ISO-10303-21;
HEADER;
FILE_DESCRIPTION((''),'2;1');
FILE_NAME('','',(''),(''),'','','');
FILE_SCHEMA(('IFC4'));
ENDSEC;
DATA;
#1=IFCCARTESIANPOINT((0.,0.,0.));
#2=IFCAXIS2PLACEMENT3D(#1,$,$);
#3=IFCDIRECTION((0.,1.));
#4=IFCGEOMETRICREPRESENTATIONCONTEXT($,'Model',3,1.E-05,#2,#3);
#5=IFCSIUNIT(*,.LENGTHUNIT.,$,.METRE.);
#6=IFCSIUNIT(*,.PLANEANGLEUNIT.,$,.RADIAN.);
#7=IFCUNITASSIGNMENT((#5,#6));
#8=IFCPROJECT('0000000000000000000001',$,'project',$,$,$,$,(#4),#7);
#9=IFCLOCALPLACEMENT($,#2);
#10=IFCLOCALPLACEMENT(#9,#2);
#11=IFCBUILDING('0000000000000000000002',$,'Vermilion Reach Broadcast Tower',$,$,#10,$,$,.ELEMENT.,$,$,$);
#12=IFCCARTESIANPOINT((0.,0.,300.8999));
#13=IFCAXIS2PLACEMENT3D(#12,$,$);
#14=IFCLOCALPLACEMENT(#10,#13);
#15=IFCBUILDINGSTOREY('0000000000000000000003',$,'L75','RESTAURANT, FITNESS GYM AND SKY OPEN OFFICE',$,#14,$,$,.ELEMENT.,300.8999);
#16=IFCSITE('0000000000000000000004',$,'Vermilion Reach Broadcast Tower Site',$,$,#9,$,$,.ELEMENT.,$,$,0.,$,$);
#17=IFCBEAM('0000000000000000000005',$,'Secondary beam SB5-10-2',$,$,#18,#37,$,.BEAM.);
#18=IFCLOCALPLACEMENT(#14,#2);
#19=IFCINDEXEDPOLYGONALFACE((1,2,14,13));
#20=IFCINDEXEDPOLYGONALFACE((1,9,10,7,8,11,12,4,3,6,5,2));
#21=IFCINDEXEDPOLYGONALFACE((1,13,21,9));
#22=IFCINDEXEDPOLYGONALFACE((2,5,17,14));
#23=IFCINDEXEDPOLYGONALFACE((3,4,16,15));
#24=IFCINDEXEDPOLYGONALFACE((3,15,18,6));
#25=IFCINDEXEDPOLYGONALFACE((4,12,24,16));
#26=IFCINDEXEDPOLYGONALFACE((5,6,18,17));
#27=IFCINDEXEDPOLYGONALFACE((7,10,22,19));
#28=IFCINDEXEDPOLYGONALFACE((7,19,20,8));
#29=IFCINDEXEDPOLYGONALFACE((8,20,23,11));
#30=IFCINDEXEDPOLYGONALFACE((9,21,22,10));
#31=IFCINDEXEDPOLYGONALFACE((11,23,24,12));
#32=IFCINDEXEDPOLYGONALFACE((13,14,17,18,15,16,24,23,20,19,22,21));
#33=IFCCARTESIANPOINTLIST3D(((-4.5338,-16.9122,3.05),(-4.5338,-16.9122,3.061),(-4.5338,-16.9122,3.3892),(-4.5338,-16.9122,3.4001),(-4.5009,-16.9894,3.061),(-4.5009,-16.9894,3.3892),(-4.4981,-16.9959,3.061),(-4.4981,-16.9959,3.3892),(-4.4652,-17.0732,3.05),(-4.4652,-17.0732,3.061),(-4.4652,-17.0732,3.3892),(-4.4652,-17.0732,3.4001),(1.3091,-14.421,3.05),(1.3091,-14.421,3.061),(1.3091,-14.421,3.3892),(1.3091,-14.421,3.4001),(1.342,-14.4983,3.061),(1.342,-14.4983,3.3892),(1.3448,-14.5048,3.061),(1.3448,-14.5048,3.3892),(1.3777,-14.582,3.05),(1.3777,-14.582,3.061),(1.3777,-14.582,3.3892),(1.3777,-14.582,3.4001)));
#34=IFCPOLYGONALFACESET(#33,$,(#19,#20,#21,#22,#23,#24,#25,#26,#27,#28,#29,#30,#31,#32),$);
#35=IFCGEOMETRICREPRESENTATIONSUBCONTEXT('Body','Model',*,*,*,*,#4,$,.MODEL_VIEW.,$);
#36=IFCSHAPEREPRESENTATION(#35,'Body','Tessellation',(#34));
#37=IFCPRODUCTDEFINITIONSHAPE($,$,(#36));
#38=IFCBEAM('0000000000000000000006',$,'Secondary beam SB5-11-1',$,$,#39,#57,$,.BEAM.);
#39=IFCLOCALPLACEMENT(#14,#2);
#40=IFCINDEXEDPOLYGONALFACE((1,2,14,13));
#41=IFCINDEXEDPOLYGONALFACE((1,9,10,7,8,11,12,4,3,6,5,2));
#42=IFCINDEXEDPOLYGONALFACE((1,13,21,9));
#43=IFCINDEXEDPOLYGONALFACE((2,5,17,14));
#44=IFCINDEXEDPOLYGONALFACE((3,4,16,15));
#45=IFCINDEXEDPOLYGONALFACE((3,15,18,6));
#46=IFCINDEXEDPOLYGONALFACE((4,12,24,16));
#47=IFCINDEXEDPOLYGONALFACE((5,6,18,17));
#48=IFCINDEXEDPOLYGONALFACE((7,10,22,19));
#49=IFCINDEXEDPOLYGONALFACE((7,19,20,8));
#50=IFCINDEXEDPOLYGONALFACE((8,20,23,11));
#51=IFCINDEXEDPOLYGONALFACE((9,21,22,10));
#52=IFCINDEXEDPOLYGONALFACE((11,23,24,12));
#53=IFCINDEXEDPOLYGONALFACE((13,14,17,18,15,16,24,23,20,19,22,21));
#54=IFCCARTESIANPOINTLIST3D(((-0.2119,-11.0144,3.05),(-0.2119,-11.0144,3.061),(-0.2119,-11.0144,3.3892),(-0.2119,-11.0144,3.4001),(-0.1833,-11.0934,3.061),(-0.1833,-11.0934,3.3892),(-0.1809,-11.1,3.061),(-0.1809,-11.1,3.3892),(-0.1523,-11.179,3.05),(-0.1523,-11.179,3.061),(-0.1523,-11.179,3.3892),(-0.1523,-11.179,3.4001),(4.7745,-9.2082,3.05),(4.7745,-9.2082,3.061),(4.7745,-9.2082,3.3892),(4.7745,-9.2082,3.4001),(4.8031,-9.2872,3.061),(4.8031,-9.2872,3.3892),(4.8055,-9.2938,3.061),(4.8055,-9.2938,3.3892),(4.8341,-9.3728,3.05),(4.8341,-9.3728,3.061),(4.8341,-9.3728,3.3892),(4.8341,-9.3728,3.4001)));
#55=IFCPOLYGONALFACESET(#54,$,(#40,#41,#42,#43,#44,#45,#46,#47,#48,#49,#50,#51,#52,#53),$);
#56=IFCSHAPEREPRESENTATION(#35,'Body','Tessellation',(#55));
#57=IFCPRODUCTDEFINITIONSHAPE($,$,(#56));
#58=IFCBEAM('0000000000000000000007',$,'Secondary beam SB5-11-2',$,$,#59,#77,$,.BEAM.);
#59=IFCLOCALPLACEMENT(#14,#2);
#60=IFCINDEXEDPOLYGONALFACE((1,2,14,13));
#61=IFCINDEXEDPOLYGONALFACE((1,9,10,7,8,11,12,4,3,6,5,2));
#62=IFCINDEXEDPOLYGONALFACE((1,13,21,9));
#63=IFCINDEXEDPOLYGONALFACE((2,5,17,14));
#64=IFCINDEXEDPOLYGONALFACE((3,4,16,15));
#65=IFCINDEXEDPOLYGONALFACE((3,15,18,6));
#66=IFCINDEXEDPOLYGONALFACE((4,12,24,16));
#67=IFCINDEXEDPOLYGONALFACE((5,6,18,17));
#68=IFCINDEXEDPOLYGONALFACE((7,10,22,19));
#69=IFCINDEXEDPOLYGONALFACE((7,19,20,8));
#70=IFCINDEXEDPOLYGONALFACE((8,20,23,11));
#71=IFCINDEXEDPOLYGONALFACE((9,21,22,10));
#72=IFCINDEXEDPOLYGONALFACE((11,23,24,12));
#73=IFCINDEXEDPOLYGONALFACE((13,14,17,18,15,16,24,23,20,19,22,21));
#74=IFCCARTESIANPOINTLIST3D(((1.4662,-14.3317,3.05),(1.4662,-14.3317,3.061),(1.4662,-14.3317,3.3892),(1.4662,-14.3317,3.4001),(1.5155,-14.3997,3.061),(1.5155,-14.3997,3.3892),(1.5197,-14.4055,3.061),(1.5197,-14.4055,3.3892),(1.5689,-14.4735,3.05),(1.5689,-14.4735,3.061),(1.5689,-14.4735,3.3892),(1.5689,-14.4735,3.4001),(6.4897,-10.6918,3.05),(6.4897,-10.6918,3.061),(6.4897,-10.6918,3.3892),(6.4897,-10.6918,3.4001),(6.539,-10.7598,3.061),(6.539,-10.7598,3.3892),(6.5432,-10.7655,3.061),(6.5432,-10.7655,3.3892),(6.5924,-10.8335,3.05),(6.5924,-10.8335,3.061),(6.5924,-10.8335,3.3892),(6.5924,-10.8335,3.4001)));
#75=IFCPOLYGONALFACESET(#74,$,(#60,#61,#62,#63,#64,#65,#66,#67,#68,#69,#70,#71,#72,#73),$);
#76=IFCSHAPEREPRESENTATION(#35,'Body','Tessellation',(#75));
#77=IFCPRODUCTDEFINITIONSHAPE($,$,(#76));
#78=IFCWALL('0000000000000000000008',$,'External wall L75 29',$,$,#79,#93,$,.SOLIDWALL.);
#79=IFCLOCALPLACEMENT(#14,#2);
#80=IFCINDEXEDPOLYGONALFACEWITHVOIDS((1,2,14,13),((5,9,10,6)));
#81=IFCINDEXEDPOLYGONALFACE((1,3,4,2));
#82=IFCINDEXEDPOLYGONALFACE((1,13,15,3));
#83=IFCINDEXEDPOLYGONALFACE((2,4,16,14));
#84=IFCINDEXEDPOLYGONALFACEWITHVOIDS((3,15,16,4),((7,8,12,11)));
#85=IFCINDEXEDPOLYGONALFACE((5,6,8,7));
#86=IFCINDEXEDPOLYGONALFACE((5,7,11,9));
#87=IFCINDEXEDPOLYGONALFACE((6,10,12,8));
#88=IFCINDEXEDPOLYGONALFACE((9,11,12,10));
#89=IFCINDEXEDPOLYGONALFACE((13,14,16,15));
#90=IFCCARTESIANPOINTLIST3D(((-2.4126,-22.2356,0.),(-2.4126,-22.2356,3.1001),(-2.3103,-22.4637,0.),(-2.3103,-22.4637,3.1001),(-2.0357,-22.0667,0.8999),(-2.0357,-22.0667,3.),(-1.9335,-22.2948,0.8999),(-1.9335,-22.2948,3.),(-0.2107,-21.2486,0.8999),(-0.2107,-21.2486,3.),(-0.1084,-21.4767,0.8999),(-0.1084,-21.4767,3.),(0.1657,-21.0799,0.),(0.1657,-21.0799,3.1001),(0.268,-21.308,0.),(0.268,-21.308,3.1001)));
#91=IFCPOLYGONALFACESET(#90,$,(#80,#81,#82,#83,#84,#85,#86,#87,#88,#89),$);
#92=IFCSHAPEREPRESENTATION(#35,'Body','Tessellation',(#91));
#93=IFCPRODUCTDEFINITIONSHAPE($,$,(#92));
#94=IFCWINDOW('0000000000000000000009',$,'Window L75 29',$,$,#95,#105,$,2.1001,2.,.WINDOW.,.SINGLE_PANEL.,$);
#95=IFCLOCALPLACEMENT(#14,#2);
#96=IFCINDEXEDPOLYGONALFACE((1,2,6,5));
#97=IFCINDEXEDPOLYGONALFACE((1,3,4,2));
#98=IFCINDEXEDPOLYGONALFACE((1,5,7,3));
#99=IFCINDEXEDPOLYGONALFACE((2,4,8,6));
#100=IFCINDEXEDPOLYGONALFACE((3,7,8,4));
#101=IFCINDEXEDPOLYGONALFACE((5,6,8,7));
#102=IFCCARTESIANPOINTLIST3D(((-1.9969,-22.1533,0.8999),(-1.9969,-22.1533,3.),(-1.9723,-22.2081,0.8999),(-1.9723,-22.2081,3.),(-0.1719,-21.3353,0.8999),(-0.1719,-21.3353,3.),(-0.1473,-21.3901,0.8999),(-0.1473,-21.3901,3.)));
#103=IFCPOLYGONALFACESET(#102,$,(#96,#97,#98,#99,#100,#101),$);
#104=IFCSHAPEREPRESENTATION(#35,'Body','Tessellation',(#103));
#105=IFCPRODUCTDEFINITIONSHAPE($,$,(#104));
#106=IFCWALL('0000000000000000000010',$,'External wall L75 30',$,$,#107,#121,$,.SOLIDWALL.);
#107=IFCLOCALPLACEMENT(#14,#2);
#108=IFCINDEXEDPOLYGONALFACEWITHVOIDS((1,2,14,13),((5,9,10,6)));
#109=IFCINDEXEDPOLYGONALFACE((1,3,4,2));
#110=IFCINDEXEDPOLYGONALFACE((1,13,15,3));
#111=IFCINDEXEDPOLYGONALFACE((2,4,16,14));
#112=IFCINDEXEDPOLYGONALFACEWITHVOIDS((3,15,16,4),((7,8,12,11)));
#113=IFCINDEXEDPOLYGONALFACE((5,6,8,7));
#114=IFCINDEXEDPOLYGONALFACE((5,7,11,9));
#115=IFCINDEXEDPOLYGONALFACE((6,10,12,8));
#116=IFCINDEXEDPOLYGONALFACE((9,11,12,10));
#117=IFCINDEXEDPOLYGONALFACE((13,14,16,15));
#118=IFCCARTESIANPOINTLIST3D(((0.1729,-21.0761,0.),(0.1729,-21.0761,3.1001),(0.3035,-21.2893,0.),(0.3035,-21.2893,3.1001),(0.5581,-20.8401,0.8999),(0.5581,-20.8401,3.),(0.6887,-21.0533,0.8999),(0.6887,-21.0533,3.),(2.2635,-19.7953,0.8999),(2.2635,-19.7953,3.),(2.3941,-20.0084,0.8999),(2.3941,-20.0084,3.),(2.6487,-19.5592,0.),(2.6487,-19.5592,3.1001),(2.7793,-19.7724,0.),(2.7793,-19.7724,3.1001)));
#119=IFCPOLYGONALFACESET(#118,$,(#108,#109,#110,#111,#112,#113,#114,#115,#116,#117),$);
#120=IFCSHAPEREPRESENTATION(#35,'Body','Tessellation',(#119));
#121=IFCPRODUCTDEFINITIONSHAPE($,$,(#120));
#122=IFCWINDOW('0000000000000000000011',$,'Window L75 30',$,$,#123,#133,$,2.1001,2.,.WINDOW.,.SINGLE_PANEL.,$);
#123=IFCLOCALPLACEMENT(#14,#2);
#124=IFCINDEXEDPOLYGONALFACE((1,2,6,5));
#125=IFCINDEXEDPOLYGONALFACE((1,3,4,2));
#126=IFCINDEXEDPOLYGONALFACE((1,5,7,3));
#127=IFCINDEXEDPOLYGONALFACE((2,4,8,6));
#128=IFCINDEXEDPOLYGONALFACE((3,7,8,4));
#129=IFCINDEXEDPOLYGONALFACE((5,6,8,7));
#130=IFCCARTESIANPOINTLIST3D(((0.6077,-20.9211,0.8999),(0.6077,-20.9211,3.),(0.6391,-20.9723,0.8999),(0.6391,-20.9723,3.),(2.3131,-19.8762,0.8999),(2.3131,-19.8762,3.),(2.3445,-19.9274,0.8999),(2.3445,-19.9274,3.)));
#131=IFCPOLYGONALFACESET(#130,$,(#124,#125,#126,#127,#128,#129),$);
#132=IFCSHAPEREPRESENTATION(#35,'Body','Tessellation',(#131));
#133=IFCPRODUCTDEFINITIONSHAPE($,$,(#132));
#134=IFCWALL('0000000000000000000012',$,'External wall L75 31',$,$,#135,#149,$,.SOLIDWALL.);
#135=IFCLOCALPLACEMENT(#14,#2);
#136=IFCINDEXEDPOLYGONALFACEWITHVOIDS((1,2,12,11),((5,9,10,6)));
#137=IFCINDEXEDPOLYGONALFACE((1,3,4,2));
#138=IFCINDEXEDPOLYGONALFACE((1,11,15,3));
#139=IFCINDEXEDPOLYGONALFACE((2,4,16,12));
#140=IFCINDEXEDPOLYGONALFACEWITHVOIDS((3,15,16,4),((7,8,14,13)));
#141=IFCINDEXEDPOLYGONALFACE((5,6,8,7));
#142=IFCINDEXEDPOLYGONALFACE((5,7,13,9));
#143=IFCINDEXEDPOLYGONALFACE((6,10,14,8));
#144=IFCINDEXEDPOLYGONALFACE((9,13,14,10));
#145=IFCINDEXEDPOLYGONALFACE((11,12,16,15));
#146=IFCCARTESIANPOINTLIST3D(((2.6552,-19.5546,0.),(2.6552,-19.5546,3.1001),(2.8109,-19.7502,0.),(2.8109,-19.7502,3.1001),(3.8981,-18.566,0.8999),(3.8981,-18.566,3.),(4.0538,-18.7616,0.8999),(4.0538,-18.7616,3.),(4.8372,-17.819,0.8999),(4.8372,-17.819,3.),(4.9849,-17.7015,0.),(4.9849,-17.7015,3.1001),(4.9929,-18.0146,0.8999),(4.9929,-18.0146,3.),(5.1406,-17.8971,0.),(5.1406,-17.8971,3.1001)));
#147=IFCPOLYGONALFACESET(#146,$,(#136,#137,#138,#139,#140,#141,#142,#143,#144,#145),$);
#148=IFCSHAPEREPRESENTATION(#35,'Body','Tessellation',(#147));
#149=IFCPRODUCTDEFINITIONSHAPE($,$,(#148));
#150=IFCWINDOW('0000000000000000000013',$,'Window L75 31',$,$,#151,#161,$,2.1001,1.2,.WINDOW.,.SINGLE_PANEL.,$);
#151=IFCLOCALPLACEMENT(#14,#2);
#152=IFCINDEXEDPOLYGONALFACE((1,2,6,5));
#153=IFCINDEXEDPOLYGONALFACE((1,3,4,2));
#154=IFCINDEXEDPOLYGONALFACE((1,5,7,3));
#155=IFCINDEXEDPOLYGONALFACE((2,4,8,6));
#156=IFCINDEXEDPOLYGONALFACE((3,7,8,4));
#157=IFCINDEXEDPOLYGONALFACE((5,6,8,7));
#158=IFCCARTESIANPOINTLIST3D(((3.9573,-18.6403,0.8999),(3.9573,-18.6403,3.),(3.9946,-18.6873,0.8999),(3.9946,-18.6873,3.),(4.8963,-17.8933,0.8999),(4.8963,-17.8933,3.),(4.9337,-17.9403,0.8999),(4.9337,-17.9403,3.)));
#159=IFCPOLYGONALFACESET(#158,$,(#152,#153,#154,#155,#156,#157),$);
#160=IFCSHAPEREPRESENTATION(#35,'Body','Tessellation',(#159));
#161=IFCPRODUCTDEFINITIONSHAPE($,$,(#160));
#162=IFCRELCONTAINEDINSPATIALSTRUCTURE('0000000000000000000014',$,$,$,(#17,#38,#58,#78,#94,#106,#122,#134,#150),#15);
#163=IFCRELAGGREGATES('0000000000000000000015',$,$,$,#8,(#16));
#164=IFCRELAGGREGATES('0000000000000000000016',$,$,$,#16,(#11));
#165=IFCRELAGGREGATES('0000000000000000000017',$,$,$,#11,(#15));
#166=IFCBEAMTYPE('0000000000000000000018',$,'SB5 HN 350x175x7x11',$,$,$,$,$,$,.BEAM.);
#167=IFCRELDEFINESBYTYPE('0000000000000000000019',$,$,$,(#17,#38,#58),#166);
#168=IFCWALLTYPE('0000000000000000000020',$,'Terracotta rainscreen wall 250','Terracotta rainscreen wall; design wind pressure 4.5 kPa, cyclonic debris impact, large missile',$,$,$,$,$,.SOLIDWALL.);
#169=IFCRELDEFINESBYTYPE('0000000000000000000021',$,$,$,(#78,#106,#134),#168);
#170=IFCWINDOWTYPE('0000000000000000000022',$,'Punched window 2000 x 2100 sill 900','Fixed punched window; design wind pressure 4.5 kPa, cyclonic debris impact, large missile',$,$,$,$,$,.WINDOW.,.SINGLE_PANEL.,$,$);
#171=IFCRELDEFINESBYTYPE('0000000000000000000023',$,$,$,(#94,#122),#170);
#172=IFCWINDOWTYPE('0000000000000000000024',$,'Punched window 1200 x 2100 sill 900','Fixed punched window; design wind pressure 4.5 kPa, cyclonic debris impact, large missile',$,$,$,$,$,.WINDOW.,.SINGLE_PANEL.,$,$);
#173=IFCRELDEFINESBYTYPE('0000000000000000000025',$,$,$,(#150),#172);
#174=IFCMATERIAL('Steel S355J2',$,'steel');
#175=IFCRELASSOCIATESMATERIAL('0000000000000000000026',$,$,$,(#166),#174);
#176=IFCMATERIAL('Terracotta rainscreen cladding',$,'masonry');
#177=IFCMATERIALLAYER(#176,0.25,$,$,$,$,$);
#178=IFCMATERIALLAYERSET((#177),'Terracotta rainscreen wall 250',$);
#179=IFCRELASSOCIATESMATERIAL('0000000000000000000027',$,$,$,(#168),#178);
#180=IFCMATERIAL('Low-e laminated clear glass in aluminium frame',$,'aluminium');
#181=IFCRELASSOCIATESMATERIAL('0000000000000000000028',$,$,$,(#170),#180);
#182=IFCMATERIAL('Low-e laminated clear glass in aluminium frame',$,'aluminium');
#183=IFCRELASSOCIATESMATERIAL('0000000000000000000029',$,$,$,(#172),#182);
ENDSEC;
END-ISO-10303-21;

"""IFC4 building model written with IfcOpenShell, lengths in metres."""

from ifc_helpers import new_model, si_unit, direction, frame, frame_2d, origin, origin_2d, place, context, subcontext, project, spatial, rectangle, i_section, extrude, material, layer, layer_set, material_profile, profile_set, type_object, element, fill, save


model = new_model("IFC4")

# Units and contexts
model_context = context("Model", 3, precision=1e-05, world=origin(), true_north=direction((0.0, 1.0)))
body_context = subcontext(model_context, "Body", "Model", "MODEL_VIEW")
ifc_project = project(units=[si_unit("LENGTHUNIT", "METRE"), si_unit("PLANEANGLEUNIT", "RADIAN")], contexts=[model_context])

# Site, building, storey
site_placement = place(None, origin())
site = spatial("IfcSite", under=ifc_project, at=site_placement, Name="Vermilion Reach Broadcast Tower Site", CompositionType="ELEMENT", RefElevation=0.0)
building_placement = place(site_placement, origin())
building = spatial("IfcBuilding", under=site, at=building_placement, Name="Vermilion Reach Broadcast Tower", CompositionType="ELEMENT")
storey_placement = place(building_placement, frame((0.0, 0.0, 300.8999)))
storey = spatial("IfcBuildingStorey", under=building, at=storey_placement, Name="L75", Description="RESTAURANT, FITNESS GYM AND SKY OPEN OFFICE", CompositionType="ELEMENT", Elevation=300.8999)

# Beams
ifc_material_1 = material(Name="Steel S355J2", Category="steel")
ifc_material_profile_1 = material_profile(ifc_material_1, i_section(OverallWidth=0.175, OverallDepth=0.3501, WebThickness=0.0071, FlangeThickness=0.011, at=origin_2d()), Name="S355J2 HN 350x175x7x11")
ifc_profile_set_1 = profile_set([ifc_material_profile_1], Name="Steel S355J2")
beam_type_1 = type_object("IfcBeamType", Name="SB5 HN 350x175x7x11", PredefinedType="BEAM", material=ifc_profile_set_1)
beam_1_placement = place(storey_placement, frame((-4.4995, -16.9927, 3.2251), z_axis=(0.919881, 0.392198, 0.0), x_axis=(-0.392198, 0.919881, 0.0)))
element("IfcBeam", 1, at=beam_1_placement, inside=storey, type_object=beam_type_1, Name="Secondary beam SB5-10-2", PredefinedType="BEAM", context=body_context, shape_type="SweptSolid", body=[
    extrude(i_section(OverallWidth=0.175, OverallDepth=0.3501, WebThickness=0.0071, FlangeThickness=0.011, at=origin_2d()), origin(), (0.0, 0.0, 1.0), 6.3518),
])
beam_2_placement = place(storey_placement, frame((-0.1821, -11.0967, 3.2251), z_axis=(0.94022, 0.340567, 0.0), x_axis=(-0.340567, 0.94022, 0.0)))
element("IfcBeam", 2, at=beam_2_placement, inside=storey, type_object=beam_type_1, Name="Secondary beam SB5-11-1", PredefinedType="BEAM", context=body_context, shape_type="SweptSolid", body=[
    extrude(i_section(OverallWidth=0.175, OverallDepth=0.3501, WebThickness=0.0071, FlangeThickness=0.011, at=origin_2d()), origin(), (0.0, 0.0, 1.0), 5.3035),
])
beam_3_placement = place(storey_placement, frame((1.5176, -14.4026, 3.2251), z_axis=(0.809771, 0.586746, 0.0), x_axis=(-0.586746, 0.809771, 0.0)))
element("IfcBeam", 3, at=beam_3_placement, inside=storey, type_object=beam_type_1, Name="Secondary beam SB5-11-2", PredefinedType="BEAM", context=body_context, shape_type="SweptSolid", body=[
    extrude(i_section(OverallWidth=0.175, OverallDepth=0.3501, WebThickness=0.0071, FlangeThickness=0.011, at=origin_2d()), origin(), (0.0, 0.0, 1.0), 6.2036),
])

# Walls, openings, windows
ifc_material_2 = material(Name="Terracotta rainscreen cladding", Category="masonry")
ifc_layer = layer(ifc_material_2, 0.25)
ifc_layer_set = layer_set([ifc_layer], Name="Terracotta rainscreen wall 250")
wall_type = type_object("IfcWallType", Name="Terracotta rainscreen wall 250", Description="Terracotta rainscreen wall; design wind pressure 4.5 kPa, cyclonic debris impact, large missile", PredefinedType="SOLIDWALL", material=ifc_layer_set)
wall_1_placement = place(storey_placement, frame((-2.3613, -22.3496, 0.0), z_axis=(0.0, 0.0, 1.0), x_axis=(0.912517, 0.409039, 0.0)))
wall_1 = element("IfcWall", 4, at=wall_1_placement, inside=storey, type_object=wall_type, Name="External wall L75 29", PredefinedType="SOLIDWALL", context=body_context, shape_type="SweptSolid", body=[
    extrude(rectangle(XDim=2.8254, YDim=0.25, at=frame_2d((1.4126, 0.0))), origin(), (0.0, 0.0, 1.0), 3.1001),
])
opening_1_placement = place(wall_1_placement, frame((0.4128, 0.0, 0.8999)))
opening_1 = element("IfcOpeningElement", 5, at=opening_1_placement, cuts=wall_1, PredefinedType="OPENING", context=body_context, shape_type="SweptSolid", body=[
    extrude(rectangle(XDim=2.0, YDim=2.1001, at=frame_2d((1.0, 1.05))), frame((0.0, 0.135, 0.0), z_axis=(0.0, -1.0, 0.0), x_axis=(1.0, 0.0, 0.0)), (0.0, 0.0, 1.0), 0.27),
])
ifc_material_3 = material(Name="Low-e laminated clear glass in aluminium frame", Category="aluminium")
window_type_1 = type_object("IfcWindowType", Name="Punched window 2000 x 2100 sill 900", Description="Fixed punched window; design wind pressure 4.5 kPa, cyclonic debris impact, large missile", PartitioningType="SINGLE_PANEL", PredefinedType="WINDOW", material=ifc_material_3)
window_1_placement = place(opening_1_placement, origin())
window_1 = element("IfcWindow", 6, at=window_1_placement, inside=storey, type_object=window_type_1, Name="Window L75 29", OverallHeight=2.1001, OverallWidth=2.0, PartitioningType="SINGLE_PANEL", PredefinedType="WINDOW", context=body_context, shape_type="SweptSolid", body=[
    extrude(rectangle(XDim=2.0, YDim=2.1001, at=frame_2d((1.0, 1.05))), frame((0.0, 0.03, 0.0), z_axis=(0.0, -1.0, 0.0), x_axis=(1.0, 0.0, 0.0)), (0.0, 0.0, 1.0), 0.0601),
])
fill(opening_1, window_1)
wall_2_placement = place(storey_placement, frame((0.2383, -21.1826, 0.0), z_axis=(0.0, 0.0, 1.0), x_axis=(0.852693, 0.522412, 0.0)))
wall_2 = element("IfcWall", 7, at=wall_2_placement, inside=storey, type_object=wall_type, Name="External wall L75 30", PredefinedType="SOLIDWALL", context=body_context, shape_type="SweptSolid", body=[
    extrude(rectangle(XDim=2.9036, YDim=0.25, at=frame_2d((1.4517, 0.0))), origin(), (0.0, 0.0, 1.0), 3.1001),
])
opening_2_placement = place(wall_2_placement, frame((0.4517, 0.0, 0.8999)))
opening_2 = element("IfcOpeningElement", 8, at=opening_2_placement, cuts=wall_2, PredefinedType="OPENING", context=body_context, shape_type="SweptSolid", body=[
    extrude(rectangle(XDim=2.0, YDim=2.1001, at=frame_2d((1.0, 1.05))), frame((0.0, 0.135, 0.0), z_axis=(0.0, -1.0, 0.0), x_axis=(1.0, 0.0, 0.0)), (0.0, 0.0, 1.0), 0.27),
])
window_2_placement = place(opening_2_placement, origin())
window_2 = element("IfcWindow", 9, at=window_2_placement, inside=storey, type_object=window_type_1, Name="Window L75 30", OverallHeight=2.1001, OverallWidth=2.0, PartitioningType="SINGLE_PANEL", PredefinedType="WINDOW", context=body_context, shape_type="SweptSolid", body=[
    extrude(rectangle(XDim=2.0, YDim=2.1001, at=frame_2d((1.0, 1.05))), frame((0.0, 0.03, 0.0), z_axis=(0.0, -1.0, 0.0), x_axis=(1.0, 0.0, 0.0)), (0.0, 0.0, 1.0), 0.0601),
])
fill(opening_2, window_2)
wall_3_placement = place(storey_placement, frame((2.7332, -19.6523, 0.0), z_axis=(0.0, 0.0, 1.0), x_axis=(0.78261, 0.622512, 0.0)))
wall_3 = element("IfcWall", 10, at=wall_3_placement, inside=storey, type_object=wall_type, Name="External wall L75 31", PredefinedType="SOLIDWALL", context=body_context, shape_type="SweptSolid", body=[
    extrude(rectangle(XDim=2.9768, YDim=0.25, at=frame_2d((1.4883, 0.0))), origin(), (0.0, 0.0, 1.0), 3.1001),
])
opening_3_placement = place(wall_3_placement, frame((1.5879, 0.0, 0.8999)))
opening_3 = element("IfcOpeningElement", 11, at=opening_3_placement, cuts=wall_3, PredefinedType="OPENING", context=body_context, shape_type="SweptSolid", body=[
    extrude(rectangle(XDim=1.2, YDim=2.1001, at=frame_2d((0.6001, 1.05))), frame((0.0, 0.135, 0.0), z_axis=(0.0, -1.0, 0.0), x_axis=(1.0, 0.0, 0.0)), (0.0, 0.0, 1.0), 0.27),
])
ifc_material_4 = material(Name="Low-e laminated clear glass in aluminium frame", Category="aluminium")
window_type_2 = type_object("IfcWindowType", Name="Punched window 1200 x 2100 sill 900", Description="Fixed punched window; design wind pressure 4.5 kPa, cyclonic debris impact, large missile", PartitioningType="SINGLE_PANEL", PredefinedType="WINDOW", material=ifc_material_4)
window_3_placement = place(opening_3_placement, origin())
window_3 = element("IfcWindow", 12, at=window_3_placement, inside=storey, type_object=window_type_2, Name="Window L75 31", OverallHeight=2.1001, OverallWidth=1.2, PartitioningType="SINGLE_PANEL", PredefinedType="WINDOW", context=body_context, shape_type="SweptSolid", body=[
    extrude(rectangle(XDim=1.2, YDim=2.1001, at=frame_2d((0.6001, 1.05))), frame((0.0, 0.03, 0.0), z_axis=(0.0, -1.0, 0.0), x_axis=(1.0, 0.0, 0.0)), (0.0, 0.0, 1.0), 0.0601),
])
fill(opening_3, window_3)

save(model, "model.ifc")
